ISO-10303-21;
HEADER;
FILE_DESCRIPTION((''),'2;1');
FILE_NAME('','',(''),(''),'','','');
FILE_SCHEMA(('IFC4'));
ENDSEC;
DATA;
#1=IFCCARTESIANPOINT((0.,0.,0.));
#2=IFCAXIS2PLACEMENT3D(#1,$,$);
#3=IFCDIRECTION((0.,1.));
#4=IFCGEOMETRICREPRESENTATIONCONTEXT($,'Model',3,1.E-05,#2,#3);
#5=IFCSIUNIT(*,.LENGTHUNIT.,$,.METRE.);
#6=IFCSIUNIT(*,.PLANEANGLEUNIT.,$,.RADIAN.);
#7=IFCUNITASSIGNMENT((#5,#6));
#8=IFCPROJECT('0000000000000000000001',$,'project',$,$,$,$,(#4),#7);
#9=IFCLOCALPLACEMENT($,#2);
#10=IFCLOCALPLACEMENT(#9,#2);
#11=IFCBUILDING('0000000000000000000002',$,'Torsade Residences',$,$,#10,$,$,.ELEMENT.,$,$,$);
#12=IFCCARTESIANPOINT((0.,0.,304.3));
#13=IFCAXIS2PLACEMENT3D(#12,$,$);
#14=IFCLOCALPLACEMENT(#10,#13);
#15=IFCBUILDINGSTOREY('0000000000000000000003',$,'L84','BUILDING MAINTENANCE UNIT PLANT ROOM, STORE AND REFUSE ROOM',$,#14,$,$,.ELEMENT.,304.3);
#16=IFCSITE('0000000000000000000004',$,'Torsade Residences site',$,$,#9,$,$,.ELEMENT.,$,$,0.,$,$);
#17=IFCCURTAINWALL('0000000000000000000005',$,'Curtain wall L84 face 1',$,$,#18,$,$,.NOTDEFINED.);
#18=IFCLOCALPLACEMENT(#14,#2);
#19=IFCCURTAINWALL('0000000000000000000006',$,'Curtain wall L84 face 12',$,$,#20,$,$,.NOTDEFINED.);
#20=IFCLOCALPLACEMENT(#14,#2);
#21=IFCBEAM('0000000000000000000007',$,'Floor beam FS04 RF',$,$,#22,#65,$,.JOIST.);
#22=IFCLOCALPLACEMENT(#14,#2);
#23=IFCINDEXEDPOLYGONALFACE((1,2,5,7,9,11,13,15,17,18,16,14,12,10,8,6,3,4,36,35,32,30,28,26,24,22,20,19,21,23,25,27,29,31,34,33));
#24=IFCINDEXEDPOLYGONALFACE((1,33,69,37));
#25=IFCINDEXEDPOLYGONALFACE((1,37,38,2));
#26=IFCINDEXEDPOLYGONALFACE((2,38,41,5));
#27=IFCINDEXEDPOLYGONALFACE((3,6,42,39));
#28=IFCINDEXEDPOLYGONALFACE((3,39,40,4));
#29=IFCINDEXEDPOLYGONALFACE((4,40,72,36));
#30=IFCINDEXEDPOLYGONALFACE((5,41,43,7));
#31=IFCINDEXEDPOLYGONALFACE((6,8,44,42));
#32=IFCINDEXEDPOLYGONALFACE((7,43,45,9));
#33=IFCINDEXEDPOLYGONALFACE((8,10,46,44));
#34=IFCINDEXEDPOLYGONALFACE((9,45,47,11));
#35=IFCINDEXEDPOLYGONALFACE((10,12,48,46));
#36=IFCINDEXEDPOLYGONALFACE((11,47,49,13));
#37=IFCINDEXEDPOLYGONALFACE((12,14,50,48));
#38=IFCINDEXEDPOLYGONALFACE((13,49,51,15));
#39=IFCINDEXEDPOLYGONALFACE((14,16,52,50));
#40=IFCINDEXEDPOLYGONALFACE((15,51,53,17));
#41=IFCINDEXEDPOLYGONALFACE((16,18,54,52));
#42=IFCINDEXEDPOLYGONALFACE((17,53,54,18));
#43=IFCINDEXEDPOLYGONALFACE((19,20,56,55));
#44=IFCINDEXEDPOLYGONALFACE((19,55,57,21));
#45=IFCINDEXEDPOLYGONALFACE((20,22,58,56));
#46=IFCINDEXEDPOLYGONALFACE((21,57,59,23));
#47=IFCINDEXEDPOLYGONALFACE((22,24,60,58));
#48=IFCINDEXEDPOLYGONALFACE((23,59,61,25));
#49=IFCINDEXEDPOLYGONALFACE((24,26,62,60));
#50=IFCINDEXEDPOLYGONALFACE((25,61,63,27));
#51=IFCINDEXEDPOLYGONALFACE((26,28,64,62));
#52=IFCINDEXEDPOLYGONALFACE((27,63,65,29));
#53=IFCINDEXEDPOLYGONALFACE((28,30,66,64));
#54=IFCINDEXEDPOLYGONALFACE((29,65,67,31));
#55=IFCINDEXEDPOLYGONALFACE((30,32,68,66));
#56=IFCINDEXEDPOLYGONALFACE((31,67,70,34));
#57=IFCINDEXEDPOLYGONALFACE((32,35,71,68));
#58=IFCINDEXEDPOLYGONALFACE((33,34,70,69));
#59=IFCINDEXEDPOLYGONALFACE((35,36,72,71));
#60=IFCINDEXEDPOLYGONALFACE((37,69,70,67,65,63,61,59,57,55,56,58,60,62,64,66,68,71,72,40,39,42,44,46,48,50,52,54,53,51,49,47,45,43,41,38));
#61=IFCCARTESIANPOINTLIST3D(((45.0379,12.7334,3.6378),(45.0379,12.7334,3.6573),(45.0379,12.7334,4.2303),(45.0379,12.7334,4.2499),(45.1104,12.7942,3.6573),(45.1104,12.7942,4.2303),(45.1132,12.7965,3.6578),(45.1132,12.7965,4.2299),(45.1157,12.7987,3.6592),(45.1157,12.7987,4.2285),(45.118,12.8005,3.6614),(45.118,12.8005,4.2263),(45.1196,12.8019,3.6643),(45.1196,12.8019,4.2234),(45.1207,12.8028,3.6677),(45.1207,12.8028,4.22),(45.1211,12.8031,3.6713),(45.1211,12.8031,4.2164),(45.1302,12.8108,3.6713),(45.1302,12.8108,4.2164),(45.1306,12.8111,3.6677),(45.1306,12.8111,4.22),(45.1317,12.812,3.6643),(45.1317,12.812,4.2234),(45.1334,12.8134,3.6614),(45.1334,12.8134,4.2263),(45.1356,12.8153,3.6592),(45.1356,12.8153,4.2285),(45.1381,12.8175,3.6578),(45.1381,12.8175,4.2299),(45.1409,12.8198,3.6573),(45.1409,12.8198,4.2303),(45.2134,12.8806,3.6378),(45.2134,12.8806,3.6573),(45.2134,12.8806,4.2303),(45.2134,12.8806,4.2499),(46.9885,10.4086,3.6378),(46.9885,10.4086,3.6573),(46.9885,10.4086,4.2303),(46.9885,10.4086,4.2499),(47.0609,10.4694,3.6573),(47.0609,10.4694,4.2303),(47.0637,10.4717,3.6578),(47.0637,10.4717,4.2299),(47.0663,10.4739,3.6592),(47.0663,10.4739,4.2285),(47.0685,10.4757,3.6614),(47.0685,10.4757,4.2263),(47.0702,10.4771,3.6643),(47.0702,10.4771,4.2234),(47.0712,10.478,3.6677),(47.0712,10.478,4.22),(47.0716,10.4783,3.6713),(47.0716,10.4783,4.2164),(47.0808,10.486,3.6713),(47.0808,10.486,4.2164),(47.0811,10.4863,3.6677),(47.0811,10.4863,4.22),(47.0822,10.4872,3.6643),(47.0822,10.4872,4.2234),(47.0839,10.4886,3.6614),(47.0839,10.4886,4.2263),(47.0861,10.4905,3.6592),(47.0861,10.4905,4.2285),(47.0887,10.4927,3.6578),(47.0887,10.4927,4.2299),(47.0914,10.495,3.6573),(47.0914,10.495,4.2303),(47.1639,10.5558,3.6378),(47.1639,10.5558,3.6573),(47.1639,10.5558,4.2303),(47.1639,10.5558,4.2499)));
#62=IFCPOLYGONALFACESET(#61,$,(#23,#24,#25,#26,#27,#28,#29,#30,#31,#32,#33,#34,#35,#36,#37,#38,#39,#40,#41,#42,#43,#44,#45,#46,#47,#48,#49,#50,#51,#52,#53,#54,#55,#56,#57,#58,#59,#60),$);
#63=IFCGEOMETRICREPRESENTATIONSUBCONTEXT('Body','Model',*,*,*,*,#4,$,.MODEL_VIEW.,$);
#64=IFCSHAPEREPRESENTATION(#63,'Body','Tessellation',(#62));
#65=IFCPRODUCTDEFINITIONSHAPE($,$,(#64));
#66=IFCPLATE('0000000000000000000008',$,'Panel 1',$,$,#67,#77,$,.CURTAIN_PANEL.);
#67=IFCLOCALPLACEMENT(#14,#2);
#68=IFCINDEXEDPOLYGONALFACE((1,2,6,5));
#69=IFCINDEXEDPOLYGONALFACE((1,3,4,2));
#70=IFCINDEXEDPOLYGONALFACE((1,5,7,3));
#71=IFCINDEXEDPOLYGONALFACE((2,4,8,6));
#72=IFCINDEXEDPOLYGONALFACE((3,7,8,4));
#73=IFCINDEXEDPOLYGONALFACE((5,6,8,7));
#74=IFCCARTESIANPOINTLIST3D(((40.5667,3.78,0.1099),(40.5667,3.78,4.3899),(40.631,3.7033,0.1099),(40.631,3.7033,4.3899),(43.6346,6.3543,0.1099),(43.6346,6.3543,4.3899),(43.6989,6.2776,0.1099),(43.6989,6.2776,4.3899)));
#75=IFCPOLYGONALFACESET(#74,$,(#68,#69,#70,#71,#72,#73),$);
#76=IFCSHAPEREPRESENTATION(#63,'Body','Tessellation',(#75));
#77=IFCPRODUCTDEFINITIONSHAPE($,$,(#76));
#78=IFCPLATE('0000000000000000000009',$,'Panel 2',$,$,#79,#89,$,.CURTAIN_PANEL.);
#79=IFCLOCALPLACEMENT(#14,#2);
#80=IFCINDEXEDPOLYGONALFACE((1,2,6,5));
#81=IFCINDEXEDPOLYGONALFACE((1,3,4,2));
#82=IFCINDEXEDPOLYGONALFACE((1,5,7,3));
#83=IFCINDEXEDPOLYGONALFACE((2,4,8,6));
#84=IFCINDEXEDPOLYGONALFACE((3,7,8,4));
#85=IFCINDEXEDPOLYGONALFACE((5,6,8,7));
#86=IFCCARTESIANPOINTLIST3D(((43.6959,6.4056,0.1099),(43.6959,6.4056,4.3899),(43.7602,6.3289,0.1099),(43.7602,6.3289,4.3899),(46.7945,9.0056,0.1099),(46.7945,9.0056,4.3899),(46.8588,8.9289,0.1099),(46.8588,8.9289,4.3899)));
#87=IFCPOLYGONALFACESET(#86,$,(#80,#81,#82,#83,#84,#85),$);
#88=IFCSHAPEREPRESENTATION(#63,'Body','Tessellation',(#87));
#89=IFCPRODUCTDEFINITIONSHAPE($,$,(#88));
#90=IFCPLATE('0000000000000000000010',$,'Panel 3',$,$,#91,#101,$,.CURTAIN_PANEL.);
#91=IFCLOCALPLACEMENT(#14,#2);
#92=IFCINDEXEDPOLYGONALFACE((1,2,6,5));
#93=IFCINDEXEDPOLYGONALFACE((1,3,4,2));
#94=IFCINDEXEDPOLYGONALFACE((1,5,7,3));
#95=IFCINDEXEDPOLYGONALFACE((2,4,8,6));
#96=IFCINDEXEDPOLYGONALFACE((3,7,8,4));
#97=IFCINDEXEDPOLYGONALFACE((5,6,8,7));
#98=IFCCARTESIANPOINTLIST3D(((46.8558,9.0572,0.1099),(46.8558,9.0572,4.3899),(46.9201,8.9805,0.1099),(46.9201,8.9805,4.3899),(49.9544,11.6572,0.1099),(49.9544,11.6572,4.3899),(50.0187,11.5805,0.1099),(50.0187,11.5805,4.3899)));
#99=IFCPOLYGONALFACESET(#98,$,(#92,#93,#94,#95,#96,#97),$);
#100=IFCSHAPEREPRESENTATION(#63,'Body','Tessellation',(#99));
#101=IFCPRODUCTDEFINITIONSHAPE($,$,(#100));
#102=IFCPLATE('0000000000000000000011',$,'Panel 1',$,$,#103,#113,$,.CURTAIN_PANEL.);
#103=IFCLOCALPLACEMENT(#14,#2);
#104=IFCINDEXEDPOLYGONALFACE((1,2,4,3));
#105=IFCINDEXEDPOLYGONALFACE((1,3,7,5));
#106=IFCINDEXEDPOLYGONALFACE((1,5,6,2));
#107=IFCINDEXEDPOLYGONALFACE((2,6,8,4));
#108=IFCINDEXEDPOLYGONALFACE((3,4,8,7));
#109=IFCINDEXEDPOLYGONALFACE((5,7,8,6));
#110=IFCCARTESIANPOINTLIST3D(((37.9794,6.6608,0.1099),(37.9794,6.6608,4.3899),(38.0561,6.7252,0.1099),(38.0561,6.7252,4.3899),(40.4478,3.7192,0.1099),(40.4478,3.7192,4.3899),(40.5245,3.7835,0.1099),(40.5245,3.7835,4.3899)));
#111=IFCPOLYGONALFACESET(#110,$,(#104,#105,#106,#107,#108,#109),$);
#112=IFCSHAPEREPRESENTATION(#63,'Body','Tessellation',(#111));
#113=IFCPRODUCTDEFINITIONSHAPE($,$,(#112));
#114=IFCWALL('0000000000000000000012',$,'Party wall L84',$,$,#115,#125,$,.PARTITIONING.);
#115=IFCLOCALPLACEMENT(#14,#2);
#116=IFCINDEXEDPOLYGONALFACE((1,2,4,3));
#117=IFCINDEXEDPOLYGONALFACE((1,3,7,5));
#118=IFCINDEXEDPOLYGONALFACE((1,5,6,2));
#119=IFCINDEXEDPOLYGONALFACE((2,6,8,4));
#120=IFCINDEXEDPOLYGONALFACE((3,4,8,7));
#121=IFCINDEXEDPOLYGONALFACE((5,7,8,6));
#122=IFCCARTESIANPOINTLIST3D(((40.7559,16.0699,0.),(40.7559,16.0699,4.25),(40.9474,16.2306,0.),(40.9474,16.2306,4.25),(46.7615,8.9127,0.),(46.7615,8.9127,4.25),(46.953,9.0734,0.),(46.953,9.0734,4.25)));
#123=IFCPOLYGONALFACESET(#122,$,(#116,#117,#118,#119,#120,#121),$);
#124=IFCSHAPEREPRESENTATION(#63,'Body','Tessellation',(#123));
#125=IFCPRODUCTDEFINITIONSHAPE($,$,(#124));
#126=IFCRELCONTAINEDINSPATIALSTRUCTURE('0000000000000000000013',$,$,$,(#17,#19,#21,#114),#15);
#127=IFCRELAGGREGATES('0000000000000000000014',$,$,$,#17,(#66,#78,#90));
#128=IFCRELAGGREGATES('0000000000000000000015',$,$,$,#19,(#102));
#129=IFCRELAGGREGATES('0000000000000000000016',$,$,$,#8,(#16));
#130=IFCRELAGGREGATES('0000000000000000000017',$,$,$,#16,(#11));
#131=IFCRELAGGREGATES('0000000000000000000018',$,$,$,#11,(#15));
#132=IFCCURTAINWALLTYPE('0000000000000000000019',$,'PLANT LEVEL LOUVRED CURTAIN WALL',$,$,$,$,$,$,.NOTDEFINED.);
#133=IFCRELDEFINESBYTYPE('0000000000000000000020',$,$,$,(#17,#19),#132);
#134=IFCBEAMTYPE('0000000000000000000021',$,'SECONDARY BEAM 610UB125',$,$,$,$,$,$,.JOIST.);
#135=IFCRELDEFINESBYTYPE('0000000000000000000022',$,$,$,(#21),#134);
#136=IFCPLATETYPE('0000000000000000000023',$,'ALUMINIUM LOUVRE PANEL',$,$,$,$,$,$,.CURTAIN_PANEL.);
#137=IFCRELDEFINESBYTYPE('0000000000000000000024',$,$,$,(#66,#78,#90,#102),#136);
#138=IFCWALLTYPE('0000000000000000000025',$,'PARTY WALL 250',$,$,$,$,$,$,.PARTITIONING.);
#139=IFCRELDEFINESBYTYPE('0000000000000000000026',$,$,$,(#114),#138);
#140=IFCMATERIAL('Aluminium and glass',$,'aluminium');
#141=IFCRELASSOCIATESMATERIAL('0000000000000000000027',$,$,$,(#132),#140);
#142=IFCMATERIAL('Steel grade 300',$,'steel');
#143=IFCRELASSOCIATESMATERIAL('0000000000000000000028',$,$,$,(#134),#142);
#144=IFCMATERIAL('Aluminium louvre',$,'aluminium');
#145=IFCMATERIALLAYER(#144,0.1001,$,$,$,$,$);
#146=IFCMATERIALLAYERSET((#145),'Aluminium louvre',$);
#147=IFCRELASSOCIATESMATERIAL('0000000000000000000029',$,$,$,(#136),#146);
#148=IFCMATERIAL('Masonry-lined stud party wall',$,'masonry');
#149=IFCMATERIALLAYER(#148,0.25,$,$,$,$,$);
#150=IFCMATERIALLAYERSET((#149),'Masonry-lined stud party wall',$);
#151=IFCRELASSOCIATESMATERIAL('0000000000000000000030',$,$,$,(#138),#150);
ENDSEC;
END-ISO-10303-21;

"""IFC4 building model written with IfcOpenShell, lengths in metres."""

from ifc_helpers import new_model, si_unit, direction, frame, frame_2d, origin, origin_2d, place, context, subcontext, project, spatial, rectangle, i_section, extrude, material, layer, layer_set, material_profile, profile_set, type_object, element, aggregate, save


model = new_model("IFC4")

# Units and contexts
model_context = context("Model", 3, precision=1e-05, world=origin(), true_north=direction((0.0, 1.0)))
body_context = subcontext(model_context, "Body", "Model", "MODEL_VIEW")
ifc_project = project(units=[si_unit("LENGTHUNIT", "METRE"), si_unit("PLANEANGLEUNIT", "RADIAN")], contexts=[model_context])

# Site, building, storey
site_placement = place(None, origin())
site = spatial("IfcSite", under=ifc_project, at=site_placement, Name="Torsade Residences site", CompositionType="ELEMENT", RefElevation=0.0)
building_placement = place(site_placement, origin())
building = spatial("IfcBuilding", under=site, at=building_placement, Name="Torsade Residences", CompositionType="ELEMENT")
storey_placement = place(building_placement, frame((0.0, 0.0, 304.3)))
storey = spatial("IfcBuildingStorey", under=building, at=storey_placement, Name="L84", Description="BUILDING MAINTENANCE UNIT PLANT ROOM, STORE AND REFUSE ROOM", CompositionType="ELEMENT", Elevation=304.3)

# Curtain wall
ifc_material_1 = material(Name="Aluminium and glass", Category="aluminium")
curtain_wall_type = type_object("IfcCurtainWallType", Name="PLANT LEVEL LOUVRED CURTAIN WALL", PredefinedType="NOTDEFINED", material=ifc_material_1)
curtain_wall_1_placement = place(storey_placement, origin())
curtain_wall_1 = element("IfcCurtainWall", 1, at=curtain_wall_1_placement, inside=storey, type_object=curtain_wall_type, Name="Curtain wall L84 face 1", PredefinedType="NOTDEFINED")

# Curtain wall
curtain_wall_2_placement = place(storey_placement, origin())
curtain_wall_2 = element("IfcCurtainWall", 2, at=curtain_wall_2_placement, inside=storey, type_object=curtain_wall_type, Name="Curtain wall L84 face 12", PredefinedType="NOTDEFINED")

# Beam
ifc_material_2 = material(Name="Steel grade 300", Category="steel")
ifc_material_profile_1 = material_profile(ifc_material_2, i_section(OverallWidth=0.229, OverallDepth=0.6121, WebThickness=0.012, FlangeThickness=0.0195, FilletRadius=0.0139, at=origin_2d()), Name="610UB125")
ifc_profile_set_1 = profile_set([ifc_material_profile_1], Name="Steel grade 300")
beam_type_1 = type_object("IfcBeamType", Name="SECONDARY BEAM 610UB125", PredefinedType="JOIST", material=ifc_profile_set_1)
beam_1_placement = place(storey_placement, frame((47.0762, 10.4822, 3.9438), z_axis=(-0.642745, 0.76608, 0.0), x_axis=(-0.76608, -0.642745, 0.0)))
element("IfcBeam", 3, at=beam_1_placement, inside=storey, type_object=beam_type_1, Name="Floor beam FS04 RF", PredefinedType="JOIST", context=body_context, shape_type="SweptSolid", body=[
    extrude(i_section(OverallWidth=0.229, OverallDepth=0.6121, WebThickness=0.012, FlangeThickness=0.0195, FilletRadius=0.0139, at=origin_2d()), origin(), (0.0, 0.0, 1.0), 3.0347),
])

# Plates
ifc_material_3 = material(Name="Aluminium louvre", Category="aluminium")
ifc_layer_1 = layer(ifc_material_3, 0.1001)
ifc_layer_set_1 = layer_set([ifc_layer_1], Name="Aluminium louvre")
plate_type = type_object("IfcPlateType", Name="ALUMINIUM LOUVRE PANEL", PredefinedType="CURTAIN_PANEL", material=ifc_layer_set_1)
plate_1_placement = place(storey_placement, frame((42.1328, 5.0288, 0.1099), z_axis=(0.0, 0.0, 1.0), x_axis=(0.766044, 0.642788, 0.0)))
plate_1 = element("IfcPlate", 4, at=plate_1_placement, type_object=plate_type, Name="Panel 1", PredefinedType="CURTAIN_PANEL", context=body_context, shape_type="SweptSolid", body=[
    extrude(rectangle(XDim=4.0049, YDim=0.1001, at=origin_2d()), origin(), (0.0, 0.0, 1.0), 4.28),
])
plate_2_placement = place(storey_placement, frame((45.2773, 7.6672, 0.1099), z_axis=(0.0, 0.0, 1.0), x_axis=(0.766044, 0.642788, 0.0)))
plate_2 = element("IfcPlate", 5, at=plate_2_placement, type_object=plate_type, Name="Panel 2", PredefinedType="CURTAIN_PANEL", context=body_context, shape_type="SweptSolid", body=[
    extrude(rectangle(XDim=4.0449, YDim=0.1001, at=origin_2d()), origin(), (0.0, 0.0, 1.0), 4.28),
])
plate_3_placement = place(storey_placement, frame((48.4373, 10.3188, 0.1099), z_axis=(0.0, 0.0, 1.0), x_axis=(0.766044, 0.642788, 0.0)))
plate_3 = element("IfcPlate", 6, at=plate_3_placement, type_object=plate_type, Name="Panel 3", PredefinedType="CURTAIN_PANEL", context=body_context, shape_type="SweptSolid", body=[
    extrude(rectangle(XDim=4.0449, YDim=0.1001, at=origin_2d()), origin(), (0.0, 0.0, 1.0), 4.28),
])
aggregate(curtain_wall_1, [plate_1, plate_2, plate_3])
plate_4_placement = place(storey_placement, frame((39.252, 5.2222, 0.1099), z_axis=(0.0, 0.0, 1.0), x_axis=(0.642788, -0.766044, 0.0)))
plate_4 = element("IfcPlate", 7, at=plate_4_placement, type_object=plate_type, Name="Panel 1", PredefinedType="CURTAIN_PANEL", context=body_context, shape_type="SweptSolid", body=[
    extrude(rectangle(XDim=3.8401, YDim=0.1001, at=origin_2d()), origin(), (0.0, 0.0, 1.0), 4.28),
])
aggregate(curtain_wall_2, [plate_4])

# Wall
ifc_material_4 = material(Name="Masonry-lined stud party wall", Category="masonry")
ifc_layer_2 = layer(ifc_material_4, 0.25)
ifc_layer_set_2 = layer_set([ifc_layer_2], Name="Masonry-lined stud party wall")
wall_type = type_object("IfcWallType", Name="PARTY WALL 250", PredefinedType="PARTITIONING", material=ifc_layer_set_2)
wall_placement = place(storey_placement, frame((46.8572, 8.9932, 0.0), z_axis=(0.0, 0.0, 1.0), x_axis=(-0.642787, 0.766045, 0.0)))
element("IfcWall", 8, at=wall_placement, inside=storey, type_object=wall_type, Name="Party wall L84", PredefinedType="PARTITIONING", context=body_context, shape_type="SweptSolid", body=[
    extrude(rectangle(XDim=9.343, YDim=0.25, at=frame_2d((4.6714, 0.0))), origin(), (0.0, 0.0, 1.0), 4.25),
])

save(model, "model.ifc")
